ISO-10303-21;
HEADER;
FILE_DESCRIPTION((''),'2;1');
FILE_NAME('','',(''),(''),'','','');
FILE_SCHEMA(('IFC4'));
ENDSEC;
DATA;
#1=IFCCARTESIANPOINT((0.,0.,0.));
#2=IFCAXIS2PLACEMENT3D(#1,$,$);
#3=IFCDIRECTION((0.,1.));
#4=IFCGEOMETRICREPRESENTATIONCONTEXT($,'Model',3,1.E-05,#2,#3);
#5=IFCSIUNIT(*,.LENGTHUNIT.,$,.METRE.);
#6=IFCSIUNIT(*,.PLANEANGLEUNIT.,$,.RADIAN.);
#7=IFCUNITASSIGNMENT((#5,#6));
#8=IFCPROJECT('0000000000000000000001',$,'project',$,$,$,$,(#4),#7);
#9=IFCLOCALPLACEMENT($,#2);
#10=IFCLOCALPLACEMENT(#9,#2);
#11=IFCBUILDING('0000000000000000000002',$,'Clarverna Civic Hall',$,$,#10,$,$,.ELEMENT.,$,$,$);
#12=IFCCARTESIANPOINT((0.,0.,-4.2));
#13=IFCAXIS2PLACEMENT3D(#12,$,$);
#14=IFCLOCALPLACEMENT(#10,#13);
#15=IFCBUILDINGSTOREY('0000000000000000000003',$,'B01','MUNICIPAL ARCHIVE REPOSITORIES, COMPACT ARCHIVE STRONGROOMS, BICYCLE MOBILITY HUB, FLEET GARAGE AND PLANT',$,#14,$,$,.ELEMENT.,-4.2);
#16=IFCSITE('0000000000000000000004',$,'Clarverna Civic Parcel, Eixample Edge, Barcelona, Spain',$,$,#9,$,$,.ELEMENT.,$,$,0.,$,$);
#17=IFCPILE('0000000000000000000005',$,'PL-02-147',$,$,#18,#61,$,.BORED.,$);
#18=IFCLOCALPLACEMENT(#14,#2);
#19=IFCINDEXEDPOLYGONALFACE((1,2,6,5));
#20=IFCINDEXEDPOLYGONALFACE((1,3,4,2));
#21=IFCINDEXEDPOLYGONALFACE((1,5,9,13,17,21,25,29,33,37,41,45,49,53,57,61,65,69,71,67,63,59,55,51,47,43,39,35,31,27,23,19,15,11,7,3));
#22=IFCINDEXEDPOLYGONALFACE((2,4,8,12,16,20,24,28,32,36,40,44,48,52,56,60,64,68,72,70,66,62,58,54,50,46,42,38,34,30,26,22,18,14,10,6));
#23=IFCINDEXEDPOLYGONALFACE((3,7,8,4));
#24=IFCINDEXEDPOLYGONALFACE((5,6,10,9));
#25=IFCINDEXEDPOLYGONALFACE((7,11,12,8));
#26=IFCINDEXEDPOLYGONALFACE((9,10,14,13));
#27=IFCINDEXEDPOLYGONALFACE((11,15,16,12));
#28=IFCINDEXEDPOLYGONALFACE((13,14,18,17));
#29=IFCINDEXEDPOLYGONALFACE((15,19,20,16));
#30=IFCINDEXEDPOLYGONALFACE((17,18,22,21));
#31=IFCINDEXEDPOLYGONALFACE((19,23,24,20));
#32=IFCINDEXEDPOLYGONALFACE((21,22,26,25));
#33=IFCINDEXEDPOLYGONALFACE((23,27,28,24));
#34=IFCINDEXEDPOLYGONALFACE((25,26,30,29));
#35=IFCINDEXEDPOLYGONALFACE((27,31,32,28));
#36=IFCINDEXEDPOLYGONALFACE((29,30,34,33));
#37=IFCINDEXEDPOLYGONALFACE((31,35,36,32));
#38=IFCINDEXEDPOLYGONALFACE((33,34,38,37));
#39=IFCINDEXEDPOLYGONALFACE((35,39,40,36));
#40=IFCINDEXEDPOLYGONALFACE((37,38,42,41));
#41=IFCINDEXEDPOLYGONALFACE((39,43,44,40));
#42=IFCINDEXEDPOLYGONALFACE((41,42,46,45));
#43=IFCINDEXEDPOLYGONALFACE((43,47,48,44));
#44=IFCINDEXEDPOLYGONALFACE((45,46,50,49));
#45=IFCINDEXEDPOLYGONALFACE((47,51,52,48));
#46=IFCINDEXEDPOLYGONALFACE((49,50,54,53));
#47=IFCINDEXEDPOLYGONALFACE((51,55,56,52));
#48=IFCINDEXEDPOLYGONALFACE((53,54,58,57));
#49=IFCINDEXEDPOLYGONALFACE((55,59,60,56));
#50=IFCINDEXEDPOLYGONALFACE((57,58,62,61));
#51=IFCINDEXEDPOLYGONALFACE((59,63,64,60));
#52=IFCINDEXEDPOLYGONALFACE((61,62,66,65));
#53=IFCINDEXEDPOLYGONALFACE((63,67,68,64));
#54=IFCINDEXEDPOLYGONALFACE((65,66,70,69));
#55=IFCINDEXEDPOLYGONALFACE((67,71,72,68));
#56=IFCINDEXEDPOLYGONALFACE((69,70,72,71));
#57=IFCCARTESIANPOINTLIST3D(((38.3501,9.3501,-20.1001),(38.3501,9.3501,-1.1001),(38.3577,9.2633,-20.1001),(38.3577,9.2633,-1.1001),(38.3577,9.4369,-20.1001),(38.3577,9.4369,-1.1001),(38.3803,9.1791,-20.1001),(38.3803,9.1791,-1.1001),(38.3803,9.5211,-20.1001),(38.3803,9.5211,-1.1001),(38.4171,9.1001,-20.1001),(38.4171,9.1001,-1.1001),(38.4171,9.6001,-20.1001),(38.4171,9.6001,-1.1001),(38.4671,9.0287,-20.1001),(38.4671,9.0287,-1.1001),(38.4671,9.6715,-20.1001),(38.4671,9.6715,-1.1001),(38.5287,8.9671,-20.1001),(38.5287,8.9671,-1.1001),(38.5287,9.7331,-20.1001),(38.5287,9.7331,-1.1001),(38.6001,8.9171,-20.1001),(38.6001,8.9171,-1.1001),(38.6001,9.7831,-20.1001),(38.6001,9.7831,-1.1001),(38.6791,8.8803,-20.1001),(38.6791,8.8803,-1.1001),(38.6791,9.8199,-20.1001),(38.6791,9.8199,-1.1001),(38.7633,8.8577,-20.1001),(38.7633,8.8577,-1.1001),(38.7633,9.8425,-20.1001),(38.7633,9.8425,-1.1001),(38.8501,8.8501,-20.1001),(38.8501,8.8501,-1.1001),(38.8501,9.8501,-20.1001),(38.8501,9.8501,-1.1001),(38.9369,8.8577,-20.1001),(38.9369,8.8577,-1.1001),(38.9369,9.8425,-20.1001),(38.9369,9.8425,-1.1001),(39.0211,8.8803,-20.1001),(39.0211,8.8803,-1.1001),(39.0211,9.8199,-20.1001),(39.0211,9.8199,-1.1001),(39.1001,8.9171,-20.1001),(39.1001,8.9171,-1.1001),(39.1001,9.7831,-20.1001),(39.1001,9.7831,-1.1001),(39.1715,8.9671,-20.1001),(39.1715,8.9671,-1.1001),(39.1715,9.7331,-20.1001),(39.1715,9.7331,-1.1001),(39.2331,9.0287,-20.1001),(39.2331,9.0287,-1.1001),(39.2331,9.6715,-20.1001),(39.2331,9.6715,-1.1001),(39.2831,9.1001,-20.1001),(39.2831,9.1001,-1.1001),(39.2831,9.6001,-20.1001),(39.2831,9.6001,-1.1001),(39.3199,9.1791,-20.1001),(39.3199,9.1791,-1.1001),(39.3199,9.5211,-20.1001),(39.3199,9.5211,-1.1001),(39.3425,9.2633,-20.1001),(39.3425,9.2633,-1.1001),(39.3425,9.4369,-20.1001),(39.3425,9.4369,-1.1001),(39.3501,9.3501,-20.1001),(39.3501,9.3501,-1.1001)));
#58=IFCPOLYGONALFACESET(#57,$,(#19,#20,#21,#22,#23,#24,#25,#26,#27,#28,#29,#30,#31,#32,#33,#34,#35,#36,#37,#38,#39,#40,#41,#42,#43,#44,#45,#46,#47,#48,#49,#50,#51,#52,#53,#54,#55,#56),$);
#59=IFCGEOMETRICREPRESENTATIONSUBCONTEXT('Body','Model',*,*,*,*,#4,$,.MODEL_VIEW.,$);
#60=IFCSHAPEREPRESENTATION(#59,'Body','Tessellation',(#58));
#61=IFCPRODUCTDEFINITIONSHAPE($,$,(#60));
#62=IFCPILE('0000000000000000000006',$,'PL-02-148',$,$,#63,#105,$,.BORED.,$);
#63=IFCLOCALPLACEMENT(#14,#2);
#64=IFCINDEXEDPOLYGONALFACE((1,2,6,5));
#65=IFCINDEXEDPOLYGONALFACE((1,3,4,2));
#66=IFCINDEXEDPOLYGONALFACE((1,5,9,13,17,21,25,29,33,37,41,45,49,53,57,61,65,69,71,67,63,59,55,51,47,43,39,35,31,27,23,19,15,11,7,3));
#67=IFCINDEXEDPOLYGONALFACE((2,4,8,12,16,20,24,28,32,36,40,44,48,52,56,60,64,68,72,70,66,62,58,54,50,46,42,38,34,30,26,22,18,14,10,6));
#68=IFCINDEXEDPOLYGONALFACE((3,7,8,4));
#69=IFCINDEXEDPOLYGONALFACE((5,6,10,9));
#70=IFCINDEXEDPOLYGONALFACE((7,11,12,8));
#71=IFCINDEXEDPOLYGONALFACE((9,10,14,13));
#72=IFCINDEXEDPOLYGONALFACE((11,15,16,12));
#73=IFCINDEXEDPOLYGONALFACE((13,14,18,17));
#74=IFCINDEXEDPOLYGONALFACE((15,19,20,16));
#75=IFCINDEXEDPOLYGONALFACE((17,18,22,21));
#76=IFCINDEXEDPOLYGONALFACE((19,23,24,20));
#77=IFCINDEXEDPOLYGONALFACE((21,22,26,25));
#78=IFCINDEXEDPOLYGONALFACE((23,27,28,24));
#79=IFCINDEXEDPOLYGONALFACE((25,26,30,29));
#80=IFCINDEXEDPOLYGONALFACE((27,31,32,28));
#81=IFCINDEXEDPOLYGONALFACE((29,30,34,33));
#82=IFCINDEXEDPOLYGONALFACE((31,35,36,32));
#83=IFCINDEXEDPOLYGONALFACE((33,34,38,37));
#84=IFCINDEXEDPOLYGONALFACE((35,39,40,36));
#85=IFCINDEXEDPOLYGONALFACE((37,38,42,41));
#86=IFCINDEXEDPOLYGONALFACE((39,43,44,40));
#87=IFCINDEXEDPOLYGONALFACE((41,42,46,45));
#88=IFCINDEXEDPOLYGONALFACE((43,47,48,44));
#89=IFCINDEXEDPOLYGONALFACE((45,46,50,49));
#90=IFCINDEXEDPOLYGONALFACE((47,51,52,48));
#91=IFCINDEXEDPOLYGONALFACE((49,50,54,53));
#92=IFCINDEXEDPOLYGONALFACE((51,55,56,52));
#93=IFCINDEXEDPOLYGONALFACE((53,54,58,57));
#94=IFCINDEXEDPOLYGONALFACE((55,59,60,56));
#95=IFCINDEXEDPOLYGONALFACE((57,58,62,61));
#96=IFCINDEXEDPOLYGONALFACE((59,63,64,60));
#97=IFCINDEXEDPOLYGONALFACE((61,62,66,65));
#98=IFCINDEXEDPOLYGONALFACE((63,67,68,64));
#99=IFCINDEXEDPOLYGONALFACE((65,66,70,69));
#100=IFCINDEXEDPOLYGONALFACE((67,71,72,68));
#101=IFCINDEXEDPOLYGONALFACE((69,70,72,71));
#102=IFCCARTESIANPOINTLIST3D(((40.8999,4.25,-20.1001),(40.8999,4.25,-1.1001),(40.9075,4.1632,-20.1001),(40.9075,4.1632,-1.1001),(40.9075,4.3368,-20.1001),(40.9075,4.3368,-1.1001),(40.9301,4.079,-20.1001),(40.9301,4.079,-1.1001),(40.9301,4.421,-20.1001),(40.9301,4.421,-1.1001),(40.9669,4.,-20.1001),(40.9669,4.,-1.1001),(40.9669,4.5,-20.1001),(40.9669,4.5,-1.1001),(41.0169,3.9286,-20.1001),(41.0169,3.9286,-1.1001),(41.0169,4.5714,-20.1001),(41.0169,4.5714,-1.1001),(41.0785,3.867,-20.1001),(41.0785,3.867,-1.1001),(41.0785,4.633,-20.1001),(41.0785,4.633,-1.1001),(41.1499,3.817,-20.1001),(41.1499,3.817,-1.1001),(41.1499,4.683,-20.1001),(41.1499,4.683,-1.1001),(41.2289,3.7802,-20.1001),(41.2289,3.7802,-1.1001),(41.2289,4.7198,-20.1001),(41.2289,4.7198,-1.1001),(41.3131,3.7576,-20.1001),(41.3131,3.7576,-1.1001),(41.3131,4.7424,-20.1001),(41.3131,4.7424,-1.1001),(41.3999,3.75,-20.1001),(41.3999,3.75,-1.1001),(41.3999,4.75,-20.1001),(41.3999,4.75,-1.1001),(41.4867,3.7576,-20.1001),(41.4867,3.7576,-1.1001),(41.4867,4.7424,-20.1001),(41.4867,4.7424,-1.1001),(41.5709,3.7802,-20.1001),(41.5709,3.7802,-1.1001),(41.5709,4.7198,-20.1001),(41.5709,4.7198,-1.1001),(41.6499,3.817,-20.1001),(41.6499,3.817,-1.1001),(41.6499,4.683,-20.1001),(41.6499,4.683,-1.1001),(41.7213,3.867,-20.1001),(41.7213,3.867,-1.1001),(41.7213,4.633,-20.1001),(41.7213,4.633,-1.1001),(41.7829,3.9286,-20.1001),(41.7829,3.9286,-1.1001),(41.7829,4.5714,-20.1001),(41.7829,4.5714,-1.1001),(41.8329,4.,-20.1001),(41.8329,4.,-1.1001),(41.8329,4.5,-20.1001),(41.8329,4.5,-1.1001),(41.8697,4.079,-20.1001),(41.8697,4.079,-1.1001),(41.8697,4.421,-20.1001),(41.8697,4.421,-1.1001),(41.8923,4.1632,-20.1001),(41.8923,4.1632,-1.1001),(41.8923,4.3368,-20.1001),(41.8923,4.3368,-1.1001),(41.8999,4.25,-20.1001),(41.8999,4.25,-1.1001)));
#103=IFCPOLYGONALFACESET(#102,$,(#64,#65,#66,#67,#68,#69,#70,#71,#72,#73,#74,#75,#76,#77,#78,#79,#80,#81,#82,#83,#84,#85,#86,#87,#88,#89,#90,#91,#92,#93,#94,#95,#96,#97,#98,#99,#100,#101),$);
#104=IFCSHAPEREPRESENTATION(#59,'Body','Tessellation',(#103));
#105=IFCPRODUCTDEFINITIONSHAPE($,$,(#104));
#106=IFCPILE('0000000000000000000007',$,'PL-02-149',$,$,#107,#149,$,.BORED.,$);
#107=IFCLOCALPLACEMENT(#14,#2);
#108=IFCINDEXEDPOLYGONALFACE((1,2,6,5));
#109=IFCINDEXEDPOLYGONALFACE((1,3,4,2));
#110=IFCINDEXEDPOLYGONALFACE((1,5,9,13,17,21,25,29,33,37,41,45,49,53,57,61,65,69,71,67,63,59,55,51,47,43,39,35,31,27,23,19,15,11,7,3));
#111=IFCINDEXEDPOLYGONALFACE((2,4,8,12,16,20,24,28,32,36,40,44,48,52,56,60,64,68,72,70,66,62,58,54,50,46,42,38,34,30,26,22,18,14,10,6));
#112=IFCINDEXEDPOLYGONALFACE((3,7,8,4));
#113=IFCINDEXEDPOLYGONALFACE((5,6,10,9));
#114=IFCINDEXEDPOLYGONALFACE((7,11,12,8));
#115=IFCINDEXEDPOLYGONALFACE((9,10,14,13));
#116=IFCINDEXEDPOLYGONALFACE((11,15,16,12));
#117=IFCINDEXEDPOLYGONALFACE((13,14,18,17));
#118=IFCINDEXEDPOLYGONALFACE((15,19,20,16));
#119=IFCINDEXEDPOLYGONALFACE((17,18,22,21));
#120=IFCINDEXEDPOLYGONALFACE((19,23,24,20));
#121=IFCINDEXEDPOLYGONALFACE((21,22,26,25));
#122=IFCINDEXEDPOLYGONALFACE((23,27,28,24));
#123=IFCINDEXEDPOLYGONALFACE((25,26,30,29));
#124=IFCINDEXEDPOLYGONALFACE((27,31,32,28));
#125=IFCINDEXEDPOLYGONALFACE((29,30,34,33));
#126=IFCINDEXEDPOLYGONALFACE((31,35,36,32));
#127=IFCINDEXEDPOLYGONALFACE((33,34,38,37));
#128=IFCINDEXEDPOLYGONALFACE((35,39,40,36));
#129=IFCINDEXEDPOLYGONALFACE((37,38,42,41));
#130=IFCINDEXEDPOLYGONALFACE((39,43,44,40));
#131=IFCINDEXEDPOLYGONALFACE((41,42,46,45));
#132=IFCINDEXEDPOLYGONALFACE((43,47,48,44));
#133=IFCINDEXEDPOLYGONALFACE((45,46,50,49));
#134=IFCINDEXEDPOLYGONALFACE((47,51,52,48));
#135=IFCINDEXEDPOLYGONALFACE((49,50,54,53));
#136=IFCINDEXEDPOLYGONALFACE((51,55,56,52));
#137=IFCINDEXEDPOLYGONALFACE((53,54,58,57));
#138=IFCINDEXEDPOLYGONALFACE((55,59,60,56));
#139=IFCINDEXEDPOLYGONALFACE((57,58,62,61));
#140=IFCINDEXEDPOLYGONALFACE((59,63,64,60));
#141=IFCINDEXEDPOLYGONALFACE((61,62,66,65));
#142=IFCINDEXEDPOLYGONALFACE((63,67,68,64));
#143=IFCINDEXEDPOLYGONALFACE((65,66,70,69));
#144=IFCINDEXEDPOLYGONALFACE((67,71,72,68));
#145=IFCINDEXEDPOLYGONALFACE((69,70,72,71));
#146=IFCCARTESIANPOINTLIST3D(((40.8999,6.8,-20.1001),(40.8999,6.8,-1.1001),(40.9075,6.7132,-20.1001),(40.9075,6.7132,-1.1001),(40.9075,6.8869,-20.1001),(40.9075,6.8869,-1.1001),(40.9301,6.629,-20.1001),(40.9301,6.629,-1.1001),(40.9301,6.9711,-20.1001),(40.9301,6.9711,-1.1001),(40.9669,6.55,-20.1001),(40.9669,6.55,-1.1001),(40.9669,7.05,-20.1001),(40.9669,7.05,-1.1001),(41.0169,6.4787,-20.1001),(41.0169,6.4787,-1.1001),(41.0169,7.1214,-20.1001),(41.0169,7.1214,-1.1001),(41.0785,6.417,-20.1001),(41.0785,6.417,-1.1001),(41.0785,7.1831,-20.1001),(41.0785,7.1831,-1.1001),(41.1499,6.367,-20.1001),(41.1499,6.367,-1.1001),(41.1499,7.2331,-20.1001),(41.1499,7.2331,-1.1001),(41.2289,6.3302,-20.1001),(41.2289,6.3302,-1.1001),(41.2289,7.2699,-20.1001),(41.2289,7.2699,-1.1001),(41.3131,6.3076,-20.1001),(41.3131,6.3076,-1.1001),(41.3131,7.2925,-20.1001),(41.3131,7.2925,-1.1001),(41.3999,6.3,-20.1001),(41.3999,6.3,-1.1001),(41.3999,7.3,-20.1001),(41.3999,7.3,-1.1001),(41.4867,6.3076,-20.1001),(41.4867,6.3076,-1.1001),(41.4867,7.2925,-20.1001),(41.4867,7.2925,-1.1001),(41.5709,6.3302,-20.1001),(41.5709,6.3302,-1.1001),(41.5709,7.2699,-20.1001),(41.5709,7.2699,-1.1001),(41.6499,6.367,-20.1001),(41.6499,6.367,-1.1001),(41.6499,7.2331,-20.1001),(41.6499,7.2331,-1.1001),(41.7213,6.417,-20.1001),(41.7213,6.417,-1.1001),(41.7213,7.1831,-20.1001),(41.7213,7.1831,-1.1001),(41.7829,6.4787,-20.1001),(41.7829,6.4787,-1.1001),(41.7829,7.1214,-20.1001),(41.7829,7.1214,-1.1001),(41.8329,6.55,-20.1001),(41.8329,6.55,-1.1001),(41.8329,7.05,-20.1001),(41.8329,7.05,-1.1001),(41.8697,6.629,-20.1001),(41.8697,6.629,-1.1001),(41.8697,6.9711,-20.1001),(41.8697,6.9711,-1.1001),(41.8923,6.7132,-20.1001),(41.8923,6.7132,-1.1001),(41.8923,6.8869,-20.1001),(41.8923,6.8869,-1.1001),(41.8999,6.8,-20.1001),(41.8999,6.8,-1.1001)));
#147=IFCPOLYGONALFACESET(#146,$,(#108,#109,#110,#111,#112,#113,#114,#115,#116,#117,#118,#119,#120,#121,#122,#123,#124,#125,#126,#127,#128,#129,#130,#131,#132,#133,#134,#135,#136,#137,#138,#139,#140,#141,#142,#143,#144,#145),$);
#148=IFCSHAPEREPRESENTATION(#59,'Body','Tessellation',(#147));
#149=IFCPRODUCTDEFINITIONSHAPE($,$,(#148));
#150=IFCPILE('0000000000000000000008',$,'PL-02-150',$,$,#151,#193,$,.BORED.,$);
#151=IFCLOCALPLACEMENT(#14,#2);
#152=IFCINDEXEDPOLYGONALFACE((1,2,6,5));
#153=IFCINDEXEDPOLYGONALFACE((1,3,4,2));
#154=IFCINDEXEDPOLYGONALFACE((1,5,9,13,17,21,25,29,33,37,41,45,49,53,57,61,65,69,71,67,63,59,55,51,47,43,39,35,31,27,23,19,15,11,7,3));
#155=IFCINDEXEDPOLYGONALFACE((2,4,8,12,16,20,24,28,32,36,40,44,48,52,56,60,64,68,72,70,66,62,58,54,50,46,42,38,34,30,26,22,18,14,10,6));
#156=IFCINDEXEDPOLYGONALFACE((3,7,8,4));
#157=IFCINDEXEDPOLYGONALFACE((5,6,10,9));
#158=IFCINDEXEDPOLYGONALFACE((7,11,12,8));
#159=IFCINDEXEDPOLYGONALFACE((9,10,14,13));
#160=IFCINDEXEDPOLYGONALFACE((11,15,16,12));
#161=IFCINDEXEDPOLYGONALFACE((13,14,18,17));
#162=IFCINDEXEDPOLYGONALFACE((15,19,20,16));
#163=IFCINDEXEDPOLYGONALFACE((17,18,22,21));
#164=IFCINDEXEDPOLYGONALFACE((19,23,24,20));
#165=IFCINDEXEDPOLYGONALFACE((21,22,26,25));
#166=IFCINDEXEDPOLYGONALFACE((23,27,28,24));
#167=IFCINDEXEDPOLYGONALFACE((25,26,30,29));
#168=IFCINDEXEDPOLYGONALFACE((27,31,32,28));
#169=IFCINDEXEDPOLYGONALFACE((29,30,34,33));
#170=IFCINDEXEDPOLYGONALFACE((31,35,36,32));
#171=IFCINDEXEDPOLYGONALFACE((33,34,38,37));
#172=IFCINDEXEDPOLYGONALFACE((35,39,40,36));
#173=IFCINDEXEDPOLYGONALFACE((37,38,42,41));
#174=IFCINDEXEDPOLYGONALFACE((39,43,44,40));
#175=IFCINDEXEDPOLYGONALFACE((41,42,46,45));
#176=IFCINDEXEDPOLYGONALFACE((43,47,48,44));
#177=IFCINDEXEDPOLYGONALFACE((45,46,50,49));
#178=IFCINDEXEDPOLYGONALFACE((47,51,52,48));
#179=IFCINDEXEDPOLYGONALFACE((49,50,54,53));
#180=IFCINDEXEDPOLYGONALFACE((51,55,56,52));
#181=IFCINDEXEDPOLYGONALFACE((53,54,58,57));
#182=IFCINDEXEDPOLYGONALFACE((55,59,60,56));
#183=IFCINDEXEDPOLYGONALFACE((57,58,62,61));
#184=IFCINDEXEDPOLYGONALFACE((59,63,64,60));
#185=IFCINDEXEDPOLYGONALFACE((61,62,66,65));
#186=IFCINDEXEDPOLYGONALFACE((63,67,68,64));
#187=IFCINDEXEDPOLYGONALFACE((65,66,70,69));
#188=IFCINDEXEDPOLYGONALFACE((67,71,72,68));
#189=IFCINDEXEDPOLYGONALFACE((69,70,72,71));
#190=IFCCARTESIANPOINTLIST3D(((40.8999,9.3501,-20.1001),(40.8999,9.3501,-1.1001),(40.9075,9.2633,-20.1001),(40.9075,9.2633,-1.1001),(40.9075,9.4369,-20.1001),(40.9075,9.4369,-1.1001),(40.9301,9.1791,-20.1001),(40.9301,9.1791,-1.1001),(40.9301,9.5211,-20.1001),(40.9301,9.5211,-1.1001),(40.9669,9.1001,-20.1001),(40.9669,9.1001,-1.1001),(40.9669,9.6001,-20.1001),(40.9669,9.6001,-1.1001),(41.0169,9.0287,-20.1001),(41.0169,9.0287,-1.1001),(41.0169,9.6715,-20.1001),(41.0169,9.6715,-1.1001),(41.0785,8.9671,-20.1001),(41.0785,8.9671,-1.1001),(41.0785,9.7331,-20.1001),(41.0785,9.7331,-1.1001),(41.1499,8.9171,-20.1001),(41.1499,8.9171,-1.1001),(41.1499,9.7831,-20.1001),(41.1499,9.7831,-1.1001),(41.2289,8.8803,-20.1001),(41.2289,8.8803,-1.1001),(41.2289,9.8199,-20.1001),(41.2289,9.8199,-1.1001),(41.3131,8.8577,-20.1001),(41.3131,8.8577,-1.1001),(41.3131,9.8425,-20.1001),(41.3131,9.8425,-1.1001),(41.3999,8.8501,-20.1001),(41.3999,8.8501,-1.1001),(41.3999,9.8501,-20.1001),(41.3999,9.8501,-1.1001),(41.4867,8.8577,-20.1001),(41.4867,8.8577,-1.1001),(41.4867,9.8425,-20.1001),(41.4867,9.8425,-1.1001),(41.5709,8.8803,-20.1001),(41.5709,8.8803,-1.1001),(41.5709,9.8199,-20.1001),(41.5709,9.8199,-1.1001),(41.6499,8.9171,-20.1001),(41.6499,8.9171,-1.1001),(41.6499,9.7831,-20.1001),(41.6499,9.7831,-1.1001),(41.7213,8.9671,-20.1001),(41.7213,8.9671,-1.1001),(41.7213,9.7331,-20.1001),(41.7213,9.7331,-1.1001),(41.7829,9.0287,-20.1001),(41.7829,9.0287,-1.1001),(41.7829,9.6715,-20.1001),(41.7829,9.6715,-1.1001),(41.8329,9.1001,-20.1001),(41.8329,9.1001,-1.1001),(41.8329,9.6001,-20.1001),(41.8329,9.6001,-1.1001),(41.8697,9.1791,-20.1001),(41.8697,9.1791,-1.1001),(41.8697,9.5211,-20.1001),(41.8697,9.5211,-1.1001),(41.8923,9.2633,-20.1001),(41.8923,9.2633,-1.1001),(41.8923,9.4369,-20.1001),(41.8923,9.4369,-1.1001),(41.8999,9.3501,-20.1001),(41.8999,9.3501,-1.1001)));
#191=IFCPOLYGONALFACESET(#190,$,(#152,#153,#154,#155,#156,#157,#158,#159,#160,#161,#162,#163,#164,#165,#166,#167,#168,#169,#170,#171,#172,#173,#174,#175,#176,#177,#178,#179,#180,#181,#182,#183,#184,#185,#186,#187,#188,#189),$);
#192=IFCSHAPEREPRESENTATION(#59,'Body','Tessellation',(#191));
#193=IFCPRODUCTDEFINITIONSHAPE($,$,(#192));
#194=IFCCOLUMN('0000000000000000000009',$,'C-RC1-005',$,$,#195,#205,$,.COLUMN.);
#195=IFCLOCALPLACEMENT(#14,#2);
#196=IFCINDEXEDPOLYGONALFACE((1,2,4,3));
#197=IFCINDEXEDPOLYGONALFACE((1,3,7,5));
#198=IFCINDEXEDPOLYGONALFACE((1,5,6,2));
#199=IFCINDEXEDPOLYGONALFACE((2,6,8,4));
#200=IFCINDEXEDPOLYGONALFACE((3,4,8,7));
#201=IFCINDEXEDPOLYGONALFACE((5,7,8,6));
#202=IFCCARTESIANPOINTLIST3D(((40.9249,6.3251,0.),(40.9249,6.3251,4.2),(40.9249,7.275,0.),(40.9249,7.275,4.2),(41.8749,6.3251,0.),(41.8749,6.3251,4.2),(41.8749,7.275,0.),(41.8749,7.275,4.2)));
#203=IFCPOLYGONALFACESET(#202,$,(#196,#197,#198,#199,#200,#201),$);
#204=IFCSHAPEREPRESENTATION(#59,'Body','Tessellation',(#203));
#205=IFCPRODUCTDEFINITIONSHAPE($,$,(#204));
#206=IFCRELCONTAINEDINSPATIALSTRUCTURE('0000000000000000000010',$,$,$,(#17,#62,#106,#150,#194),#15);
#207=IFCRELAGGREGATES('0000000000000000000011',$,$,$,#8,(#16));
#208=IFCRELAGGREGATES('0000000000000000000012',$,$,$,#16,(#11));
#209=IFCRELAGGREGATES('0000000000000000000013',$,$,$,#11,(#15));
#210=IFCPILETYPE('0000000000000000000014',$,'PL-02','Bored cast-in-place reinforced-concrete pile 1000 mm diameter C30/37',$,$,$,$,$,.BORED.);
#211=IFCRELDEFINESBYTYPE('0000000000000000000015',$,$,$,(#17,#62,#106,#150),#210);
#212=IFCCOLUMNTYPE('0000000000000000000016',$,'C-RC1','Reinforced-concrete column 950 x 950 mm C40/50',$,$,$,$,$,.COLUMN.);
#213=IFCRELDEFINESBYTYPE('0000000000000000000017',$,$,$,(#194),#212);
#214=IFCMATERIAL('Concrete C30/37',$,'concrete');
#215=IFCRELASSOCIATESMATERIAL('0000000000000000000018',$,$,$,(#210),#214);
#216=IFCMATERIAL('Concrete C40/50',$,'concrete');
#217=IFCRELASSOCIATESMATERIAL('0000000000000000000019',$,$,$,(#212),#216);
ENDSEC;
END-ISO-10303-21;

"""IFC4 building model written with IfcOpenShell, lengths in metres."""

from ifc_helpers import new_model, si_unit, direction, frame, origin, origin_2d, place, context, subcontext, project, spatial, rectangle, circle, extrude, material, material_profile, profile_set, type_object, element, save


model = new_model("IFC4")

# Units and contexts
model_context = context("Model", 3, precision=1e-05, world=origin(), true_north=direction((0.0, 1.0)))
body_context = subcontext(model_context, "Body", "Model", "MODEL_VIEW")
ifc_project = project(units=[si_unit("LENGTHUNIT", "METRE"), si_unit("PLANEANGLEUNIT", "RADIAN")], contexts=[model_context])

# Site, building, storey
site_placement = place(None, origin())
site = spatial("IfcSite", under=ifc_project, at=site_placement, Name="Clarverna Civic Parcel, Eixample Edge, Barcelona, Spain", CompositionType="ELEMENT", RefElevation=0.0)
building_placement = place(site_placement, origin())
building = spatial("IfcBuilding", under=site, at=building_placement, Name="Clarverna Civic Hall", CompositionType="ELEMENT")
storey_placement = place(building_placement, frame((0.0, 0.0, -4.2)))
storey = spatial("IfcBuildingStorey", under=building, at=storey_placement, Name="B01", Description="MUNICIPAL ARCHIVE REPOSITORIES, COMPACT ARCHIVE STRONGROOMS, BICYCLE MOBILITY HUB, FLEET GARAGE AND PLANT", CompositionType="ELEMENT", Elevation=-4.2)

# Shared definitions
ifc_material_1 = material(Name="Concrete C30/37", Category="concrete")

# Piles
ifc_material_profile_1 = material_profile(ifc_material_1, circle(Radius=0.5, at=origin_2d()), Name="BORED PILE D1000")
ifc_profile_set_1 = profile_set([ifc_material_profile_1], Name="Concrete C30/37")
pile_type_1 = type_object("IfcPileType", Name="PL-02", Description="Bored cast-in-place reinforced-concrete pile 1000 mm diameter C30/37", PredefinedType="BORED", material=ifc_profile_set_1)
for number, where, z_axis, x_axis, name in (
    (1, (38.8501, 9.3501, -1.1001), (0.0, 0.0, -1.0), (1.0, 0.0, 0.0), "PL-02-147"),
    (2, (41.3999, 4.25, -1.1001), (0.0, 0.0, -1.0), (1.0, 0.0, 0.0), "PL-02-148"),
    (3, (41.3999, 6.8, -1.1001), (0.0, 0.0, -1.0), (1.0, 0.0, 0.0), "PL-02-149"),
    (4, (41.3999, 9.3501, -1.1001), (0.0, 0.0, -1.0), (1.0, 0.0, 0.0), "PL-02-150"),
):
    element("IfcPile", number, at=place(storey_placement, frame(where, z_axis=z_axis, x_axis=x_axis)), inside=storey, type_object=pile_type_1, Name=name, PredefinedType="BORED", context=body_context, shape_type="SweptSolid", body=[
        extrude(circle(Radius=0.5, at=origin_2d()), origin(), (0.0, 0.0, 1.0), 19.0),
    ])

# Column
ifc_material_2 = material(Name="Concrete C40/50", Category="concrete")
ifc_material_profile_2 = material_profile(ifc_material_2, rectangle(XDim=0.95, YDim=0.95, at=origin_2d()), Name="RC 950x950")
ifc_profile_set_2 = profile_set([ifc_material_profile_2], Name="Concrete C40/50")
column_type_1 = type_object("IfcColumnType", Name="C-RC1", Description="Reinforced-concrete column 950 x 950 mm C40/50", PredefinedType="COLUMN", material=ifc_profile_set_2)
column_1_placement = place(storey_placement, frame((41.3999, 6.8, 0.0), z_axis=(0.0, 0.0, 1.0), x_axis=(1.0, 0.0, 0.0)))
element("IfcColumn", 5, at=column_1_placement, inside=storey, type_object=column_type_1, Name="C-RC1-005", PredefinedType="COLUMN", context=body_context, shape_type="SweptSolid", body=[
    extrude(rectangle(XDim=0.95, YDim=0.95, at=origin_2d()), origin(), (0.0, 0.0, 1.0), 4.2),
])

save(model, "model.ifc")
